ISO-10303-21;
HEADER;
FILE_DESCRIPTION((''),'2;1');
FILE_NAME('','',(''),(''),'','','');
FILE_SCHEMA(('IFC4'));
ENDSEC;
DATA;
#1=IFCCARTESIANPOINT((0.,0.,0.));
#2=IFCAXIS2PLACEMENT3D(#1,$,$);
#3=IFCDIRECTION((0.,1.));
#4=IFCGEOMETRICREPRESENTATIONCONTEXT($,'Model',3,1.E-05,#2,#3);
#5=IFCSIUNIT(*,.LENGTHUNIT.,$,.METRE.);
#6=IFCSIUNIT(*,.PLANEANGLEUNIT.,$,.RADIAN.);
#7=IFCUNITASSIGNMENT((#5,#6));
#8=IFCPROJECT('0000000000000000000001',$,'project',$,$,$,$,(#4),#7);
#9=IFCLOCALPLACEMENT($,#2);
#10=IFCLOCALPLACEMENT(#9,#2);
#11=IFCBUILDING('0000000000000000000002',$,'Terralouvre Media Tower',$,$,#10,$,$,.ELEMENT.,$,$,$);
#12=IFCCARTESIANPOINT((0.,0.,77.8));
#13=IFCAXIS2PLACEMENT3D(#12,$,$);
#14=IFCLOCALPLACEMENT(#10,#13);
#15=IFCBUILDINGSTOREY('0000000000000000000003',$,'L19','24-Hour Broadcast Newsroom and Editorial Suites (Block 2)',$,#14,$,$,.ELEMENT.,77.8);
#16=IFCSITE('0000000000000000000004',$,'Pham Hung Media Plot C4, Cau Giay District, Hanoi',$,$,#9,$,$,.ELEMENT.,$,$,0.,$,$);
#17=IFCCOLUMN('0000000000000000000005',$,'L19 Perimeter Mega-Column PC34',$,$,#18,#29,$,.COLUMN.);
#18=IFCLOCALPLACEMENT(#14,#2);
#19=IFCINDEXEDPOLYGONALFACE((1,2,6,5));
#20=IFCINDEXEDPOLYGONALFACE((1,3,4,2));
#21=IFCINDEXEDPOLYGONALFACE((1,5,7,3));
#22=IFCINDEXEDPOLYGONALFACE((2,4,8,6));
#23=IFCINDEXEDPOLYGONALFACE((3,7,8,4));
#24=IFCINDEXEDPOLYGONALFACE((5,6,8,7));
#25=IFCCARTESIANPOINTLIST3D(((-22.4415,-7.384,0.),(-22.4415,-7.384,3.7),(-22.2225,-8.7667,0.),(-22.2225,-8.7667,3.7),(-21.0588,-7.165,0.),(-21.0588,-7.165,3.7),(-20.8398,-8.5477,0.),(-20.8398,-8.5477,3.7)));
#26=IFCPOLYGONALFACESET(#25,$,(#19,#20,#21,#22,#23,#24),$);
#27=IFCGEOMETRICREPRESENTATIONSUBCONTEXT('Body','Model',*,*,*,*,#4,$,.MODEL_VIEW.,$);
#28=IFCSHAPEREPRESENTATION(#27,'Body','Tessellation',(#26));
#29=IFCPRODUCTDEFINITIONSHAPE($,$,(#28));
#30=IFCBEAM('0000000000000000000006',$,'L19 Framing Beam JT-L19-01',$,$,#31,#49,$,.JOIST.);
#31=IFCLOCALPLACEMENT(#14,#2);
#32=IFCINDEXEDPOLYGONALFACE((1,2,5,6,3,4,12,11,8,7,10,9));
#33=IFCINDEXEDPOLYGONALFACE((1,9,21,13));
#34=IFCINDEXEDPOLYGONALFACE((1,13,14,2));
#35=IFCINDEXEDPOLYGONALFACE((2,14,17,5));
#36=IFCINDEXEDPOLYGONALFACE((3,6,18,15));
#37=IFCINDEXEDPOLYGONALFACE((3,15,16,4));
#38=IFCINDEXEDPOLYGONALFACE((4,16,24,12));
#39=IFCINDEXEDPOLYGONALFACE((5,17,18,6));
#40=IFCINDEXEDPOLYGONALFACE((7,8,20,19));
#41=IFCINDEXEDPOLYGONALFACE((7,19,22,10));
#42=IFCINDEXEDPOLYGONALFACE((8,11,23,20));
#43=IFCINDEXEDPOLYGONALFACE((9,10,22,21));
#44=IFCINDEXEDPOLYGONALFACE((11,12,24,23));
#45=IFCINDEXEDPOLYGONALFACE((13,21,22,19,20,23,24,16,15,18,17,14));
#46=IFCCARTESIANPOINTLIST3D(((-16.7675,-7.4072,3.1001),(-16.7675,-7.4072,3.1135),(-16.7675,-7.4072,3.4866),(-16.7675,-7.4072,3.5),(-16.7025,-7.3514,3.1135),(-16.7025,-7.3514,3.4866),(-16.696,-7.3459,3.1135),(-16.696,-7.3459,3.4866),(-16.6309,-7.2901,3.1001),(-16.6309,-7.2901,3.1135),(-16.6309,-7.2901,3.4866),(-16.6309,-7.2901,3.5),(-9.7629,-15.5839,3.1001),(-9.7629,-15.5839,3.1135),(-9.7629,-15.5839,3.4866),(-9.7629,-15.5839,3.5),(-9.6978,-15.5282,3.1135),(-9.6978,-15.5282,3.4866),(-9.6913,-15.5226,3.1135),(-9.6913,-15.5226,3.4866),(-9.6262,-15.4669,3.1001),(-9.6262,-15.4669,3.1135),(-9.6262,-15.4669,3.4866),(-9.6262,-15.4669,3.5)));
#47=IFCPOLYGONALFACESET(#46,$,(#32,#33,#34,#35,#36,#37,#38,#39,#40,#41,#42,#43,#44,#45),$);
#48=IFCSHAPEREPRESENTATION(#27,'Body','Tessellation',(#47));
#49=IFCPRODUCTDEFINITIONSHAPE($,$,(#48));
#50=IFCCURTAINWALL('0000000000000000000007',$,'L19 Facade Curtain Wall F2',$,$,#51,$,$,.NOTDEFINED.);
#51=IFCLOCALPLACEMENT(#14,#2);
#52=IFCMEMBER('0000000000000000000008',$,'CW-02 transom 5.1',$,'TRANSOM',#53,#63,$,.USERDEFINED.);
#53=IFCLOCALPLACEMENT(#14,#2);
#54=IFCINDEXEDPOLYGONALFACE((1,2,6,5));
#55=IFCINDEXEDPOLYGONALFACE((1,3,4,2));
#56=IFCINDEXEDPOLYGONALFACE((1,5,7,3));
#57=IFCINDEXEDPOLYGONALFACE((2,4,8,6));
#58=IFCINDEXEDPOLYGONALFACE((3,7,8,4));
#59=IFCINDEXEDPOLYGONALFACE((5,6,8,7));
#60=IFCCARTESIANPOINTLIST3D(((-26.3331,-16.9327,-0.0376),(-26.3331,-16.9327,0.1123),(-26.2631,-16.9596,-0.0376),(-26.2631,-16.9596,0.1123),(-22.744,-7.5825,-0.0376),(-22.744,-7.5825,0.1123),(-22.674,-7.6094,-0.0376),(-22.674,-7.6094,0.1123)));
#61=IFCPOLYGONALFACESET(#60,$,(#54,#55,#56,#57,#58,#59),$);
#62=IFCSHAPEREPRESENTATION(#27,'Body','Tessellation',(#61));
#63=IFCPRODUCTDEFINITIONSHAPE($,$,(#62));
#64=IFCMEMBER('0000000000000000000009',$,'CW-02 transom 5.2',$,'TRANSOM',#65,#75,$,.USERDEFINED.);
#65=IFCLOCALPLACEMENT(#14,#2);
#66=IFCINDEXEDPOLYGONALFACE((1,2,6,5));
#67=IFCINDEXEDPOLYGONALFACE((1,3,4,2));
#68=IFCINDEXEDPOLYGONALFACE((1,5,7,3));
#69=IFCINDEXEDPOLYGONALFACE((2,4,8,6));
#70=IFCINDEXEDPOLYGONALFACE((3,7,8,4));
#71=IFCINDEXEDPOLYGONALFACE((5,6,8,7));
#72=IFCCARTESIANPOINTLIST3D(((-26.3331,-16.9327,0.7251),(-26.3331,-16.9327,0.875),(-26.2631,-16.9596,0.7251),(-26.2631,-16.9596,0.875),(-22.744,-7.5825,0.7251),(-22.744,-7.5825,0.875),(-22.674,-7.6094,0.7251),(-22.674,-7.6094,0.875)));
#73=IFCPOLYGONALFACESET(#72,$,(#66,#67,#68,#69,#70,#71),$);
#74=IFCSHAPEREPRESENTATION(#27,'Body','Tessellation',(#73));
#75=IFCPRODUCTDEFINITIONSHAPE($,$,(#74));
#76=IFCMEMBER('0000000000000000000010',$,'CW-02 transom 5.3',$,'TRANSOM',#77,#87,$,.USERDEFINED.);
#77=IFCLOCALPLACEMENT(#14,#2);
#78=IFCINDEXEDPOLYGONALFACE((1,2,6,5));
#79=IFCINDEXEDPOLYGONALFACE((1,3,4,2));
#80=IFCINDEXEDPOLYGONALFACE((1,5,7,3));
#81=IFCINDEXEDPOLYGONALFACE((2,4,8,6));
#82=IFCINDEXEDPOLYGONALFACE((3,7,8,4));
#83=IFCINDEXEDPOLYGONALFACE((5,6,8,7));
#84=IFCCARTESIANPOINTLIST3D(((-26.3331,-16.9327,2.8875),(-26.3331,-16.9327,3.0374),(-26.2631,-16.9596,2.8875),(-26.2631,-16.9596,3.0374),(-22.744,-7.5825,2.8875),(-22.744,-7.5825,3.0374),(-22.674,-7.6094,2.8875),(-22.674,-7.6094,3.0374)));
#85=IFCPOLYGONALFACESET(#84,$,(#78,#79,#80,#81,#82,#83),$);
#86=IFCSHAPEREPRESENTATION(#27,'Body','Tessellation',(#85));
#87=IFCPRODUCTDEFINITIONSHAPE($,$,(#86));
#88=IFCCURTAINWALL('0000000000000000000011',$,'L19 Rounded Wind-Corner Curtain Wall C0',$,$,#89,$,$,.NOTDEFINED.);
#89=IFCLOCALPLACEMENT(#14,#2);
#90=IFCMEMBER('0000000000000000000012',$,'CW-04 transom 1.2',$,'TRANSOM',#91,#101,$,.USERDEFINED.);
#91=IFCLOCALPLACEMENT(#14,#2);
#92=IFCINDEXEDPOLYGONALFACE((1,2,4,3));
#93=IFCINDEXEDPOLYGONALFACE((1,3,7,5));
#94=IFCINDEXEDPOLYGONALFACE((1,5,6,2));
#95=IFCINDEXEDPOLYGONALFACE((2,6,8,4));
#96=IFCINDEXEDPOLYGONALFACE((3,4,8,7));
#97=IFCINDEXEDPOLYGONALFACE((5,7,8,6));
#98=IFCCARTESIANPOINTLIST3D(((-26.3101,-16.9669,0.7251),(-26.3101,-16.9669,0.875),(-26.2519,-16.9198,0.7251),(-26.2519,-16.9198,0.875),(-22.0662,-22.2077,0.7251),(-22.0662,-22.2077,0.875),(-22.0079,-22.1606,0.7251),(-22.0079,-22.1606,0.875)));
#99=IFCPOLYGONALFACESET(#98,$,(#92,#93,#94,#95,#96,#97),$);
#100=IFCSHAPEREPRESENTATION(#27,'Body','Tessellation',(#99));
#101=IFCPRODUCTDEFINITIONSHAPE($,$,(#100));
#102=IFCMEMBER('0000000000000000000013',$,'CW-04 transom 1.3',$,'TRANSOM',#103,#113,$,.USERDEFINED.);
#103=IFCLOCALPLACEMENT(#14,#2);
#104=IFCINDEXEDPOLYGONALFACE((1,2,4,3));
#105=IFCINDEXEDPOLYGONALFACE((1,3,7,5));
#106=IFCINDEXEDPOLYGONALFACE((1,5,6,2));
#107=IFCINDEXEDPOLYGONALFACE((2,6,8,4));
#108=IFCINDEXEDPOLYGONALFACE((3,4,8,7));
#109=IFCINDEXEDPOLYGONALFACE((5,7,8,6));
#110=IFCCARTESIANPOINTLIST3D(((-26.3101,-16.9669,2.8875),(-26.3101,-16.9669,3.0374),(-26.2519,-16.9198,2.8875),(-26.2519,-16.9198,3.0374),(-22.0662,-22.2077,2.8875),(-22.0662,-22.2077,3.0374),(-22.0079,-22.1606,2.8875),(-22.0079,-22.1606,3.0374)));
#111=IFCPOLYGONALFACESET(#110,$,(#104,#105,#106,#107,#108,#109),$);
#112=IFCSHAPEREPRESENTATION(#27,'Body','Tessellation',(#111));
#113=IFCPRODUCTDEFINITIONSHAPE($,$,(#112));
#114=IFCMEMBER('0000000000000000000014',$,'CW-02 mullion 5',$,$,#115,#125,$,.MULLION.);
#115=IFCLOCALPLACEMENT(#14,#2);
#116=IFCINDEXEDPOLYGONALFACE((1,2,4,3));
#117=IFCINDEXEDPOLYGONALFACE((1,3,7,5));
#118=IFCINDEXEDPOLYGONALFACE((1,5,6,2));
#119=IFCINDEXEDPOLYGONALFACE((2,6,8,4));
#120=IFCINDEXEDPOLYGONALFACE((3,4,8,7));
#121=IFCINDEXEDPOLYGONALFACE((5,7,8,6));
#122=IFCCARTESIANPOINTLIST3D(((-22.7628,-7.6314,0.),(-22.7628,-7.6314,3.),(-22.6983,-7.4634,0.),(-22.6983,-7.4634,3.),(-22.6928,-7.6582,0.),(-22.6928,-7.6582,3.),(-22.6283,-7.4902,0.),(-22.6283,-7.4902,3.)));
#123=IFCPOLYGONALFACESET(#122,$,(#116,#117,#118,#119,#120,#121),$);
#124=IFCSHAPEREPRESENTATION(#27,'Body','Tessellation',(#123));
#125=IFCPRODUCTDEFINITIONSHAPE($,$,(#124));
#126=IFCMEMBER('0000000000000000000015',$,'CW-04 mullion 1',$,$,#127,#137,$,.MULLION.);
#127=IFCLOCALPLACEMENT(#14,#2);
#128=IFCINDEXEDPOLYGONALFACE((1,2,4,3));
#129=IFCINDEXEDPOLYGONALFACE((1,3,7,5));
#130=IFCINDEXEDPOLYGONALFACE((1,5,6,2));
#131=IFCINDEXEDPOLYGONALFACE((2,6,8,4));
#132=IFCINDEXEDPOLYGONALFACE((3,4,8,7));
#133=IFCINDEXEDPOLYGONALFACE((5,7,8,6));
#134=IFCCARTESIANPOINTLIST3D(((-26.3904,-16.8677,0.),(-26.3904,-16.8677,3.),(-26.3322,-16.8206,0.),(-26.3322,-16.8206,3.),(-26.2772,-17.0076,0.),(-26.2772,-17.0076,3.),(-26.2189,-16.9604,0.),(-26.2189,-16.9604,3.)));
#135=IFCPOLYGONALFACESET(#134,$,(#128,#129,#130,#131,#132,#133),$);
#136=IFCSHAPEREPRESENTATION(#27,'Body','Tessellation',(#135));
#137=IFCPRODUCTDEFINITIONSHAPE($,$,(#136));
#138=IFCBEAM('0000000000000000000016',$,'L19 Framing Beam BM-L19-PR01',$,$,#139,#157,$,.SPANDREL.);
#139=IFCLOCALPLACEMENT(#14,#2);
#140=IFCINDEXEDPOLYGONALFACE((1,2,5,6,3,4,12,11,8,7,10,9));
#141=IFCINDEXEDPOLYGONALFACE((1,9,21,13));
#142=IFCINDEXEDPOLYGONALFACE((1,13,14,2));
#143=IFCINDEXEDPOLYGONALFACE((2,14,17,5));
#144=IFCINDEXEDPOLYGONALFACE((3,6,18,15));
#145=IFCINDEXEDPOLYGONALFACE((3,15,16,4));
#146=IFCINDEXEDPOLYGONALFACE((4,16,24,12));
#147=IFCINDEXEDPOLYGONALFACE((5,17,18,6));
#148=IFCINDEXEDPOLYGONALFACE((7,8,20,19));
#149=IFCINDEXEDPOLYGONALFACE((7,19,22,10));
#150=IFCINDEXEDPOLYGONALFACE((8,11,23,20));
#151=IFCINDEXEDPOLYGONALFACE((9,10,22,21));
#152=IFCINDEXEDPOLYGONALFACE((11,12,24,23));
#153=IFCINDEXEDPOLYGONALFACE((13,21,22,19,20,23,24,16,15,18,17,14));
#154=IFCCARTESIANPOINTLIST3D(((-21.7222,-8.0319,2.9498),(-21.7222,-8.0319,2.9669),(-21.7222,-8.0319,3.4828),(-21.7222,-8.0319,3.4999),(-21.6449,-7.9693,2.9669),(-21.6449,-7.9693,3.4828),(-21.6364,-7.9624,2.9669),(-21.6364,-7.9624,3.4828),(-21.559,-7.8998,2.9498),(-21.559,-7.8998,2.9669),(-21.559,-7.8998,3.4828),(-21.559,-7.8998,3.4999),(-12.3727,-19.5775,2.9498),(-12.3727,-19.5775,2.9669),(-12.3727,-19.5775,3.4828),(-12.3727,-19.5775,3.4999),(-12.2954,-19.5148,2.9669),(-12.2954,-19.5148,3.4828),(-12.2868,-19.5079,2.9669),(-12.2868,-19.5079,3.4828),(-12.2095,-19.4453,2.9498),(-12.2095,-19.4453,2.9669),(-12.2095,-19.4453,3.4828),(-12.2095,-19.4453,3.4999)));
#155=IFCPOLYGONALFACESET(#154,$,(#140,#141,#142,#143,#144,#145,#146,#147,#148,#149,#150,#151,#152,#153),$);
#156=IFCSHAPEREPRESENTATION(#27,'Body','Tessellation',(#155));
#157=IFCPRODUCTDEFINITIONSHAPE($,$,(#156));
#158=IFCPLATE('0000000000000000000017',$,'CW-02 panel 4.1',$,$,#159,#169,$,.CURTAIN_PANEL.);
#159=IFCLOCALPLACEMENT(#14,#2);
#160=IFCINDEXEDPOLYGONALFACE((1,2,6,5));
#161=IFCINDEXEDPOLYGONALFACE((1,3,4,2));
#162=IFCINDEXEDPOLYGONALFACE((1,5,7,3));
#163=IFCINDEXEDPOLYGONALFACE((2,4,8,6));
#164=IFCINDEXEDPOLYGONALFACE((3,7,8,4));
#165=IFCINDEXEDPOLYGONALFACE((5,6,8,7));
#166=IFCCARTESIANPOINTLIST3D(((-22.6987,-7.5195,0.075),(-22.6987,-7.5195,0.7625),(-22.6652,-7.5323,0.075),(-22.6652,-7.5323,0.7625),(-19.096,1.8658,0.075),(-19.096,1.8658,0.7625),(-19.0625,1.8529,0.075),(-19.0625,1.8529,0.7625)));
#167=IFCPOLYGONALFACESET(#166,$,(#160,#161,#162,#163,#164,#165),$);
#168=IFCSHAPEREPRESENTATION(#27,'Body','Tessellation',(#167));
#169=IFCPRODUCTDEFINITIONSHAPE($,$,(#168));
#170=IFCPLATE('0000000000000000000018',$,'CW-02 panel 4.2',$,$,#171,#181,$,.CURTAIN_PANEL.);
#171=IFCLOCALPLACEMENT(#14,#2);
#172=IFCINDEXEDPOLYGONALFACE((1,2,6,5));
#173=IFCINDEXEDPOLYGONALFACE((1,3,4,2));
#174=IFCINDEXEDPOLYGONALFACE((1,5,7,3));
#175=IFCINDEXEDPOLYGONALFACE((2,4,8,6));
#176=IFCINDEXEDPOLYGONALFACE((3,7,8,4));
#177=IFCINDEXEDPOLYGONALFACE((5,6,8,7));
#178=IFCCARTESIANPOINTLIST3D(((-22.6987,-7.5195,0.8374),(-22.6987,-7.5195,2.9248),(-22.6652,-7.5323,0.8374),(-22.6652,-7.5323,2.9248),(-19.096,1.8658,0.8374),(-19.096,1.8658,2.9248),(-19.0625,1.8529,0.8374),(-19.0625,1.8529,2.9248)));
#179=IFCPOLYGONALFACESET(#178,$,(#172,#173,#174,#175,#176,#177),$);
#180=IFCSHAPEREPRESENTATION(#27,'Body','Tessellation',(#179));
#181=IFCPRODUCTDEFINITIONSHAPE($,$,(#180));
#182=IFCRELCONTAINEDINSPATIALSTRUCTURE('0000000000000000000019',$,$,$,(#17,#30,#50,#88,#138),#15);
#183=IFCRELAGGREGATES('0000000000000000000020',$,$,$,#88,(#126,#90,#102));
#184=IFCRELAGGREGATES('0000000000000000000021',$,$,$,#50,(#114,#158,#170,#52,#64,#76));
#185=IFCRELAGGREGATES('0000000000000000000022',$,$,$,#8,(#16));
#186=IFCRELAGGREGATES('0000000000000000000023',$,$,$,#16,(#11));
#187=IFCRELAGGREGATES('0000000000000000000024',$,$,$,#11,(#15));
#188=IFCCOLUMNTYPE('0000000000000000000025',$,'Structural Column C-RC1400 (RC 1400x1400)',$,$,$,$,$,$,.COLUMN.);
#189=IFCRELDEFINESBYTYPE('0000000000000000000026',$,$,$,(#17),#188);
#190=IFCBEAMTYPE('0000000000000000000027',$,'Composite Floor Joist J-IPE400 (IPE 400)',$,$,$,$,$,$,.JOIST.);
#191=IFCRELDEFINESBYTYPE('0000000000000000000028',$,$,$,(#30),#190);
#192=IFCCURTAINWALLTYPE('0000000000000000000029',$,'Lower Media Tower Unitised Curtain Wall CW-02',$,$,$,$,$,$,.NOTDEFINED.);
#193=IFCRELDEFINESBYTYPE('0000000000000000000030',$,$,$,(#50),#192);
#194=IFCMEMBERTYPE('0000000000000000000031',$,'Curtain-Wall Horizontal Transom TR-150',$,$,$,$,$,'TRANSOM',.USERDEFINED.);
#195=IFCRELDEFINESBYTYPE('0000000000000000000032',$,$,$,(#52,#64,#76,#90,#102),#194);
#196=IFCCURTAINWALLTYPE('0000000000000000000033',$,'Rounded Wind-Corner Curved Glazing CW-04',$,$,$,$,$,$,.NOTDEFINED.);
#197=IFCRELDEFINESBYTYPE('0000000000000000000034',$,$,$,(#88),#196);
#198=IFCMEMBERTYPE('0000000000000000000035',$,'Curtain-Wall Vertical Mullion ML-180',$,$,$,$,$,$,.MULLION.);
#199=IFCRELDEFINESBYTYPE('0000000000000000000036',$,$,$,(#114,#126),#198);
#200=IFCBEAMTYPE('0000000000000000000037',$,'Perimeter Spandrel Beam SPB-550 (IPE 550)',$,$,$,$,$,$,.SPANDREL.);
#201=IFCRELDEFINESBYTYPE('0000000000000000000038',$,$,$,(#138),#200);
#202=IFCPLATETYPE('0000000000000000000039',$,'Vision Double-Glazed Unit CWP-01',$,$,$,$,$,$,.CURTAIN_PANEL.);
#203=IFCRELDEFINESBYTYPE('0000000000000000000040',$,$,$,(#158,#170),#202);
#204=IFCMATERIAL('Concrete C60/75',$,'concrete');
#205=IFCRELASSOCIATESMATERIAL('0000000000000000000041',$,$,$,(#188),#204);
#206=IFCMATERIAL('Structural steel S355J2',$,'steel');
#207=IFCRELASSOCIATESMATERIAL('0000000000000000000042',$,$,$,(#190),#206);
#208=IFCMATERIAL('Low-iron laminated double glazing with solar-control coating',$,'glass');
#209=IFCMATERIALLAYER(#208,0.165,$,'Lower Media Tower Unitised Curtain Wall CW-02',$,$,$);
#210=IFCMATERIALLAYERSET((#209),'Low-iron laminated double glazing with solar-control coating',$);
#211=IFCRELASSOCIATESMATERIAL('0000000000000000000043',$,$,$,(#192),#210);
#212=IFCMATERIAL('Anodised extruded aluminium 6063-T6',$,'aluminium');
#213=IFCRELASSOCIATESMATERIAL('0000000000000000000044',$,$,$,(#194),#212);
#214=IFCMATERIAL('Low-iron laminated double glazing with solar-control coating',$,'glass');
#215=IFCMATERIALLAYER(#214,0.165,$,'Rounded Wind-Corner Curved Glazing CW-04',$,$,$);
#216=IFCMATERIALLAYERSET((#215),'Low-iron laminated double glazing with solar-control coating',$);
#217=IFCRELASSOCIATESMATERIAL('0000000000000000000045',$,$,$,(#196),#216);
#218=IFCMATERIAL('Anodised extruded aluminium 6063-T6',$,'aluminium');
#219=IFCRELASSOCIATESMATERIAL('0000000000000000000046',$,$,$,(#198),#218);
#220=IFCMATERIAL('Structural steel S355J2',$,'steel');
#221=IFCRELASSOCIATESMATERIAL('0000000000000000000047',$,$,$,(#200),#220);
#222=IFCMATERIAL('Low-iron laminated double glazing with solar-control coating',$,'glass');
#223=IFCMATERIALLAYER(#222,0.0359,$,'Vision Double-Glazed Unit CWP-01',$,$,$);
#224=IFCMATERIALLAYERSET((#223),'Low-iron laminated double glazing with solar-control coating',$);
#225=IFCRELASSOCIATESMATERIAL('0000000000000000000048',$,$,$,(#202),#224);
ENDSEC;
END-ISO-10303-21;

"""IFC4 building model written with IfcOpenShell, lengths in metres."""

from ifc_helpers import new_model, si_unit, direction, frame, origin, origin_2d, place, context, subcontext, project, spatial, rectangle, i_section, extrude, material, layer, layer_set, material_profile, profile_set, type_object, element, aggregate, save


model = new_model("IFC4")

# Units and contexts
model_context = context("Model", 3, precision=1e-05, world=origin(), true_north=direction((0.0, 1.0)))
body_context = subcontext(model_context, "Body", "Model", "MODEL_VIEW")
ifc_project = project(units=[si_unit("LENGTHUNIT", "METRE"), si_unit("PLANEANGLEUNIT", "RADIAN")], contexts=[model_context])

# Site, building, storey
site_placement = place(None, origin())
site = spatial("IfcSite", under=ifc_project, at=site_placement, Name="Pham Hung Media Plot C4, Cau Giay District, Hanoi", CompositionType="ELEMENT", RefElevation=0.0)
building_placement = place(site_placement, origin())
building = spatial("IfcBuilding", under=site, at=building_placement, Name="Terralouvre Media Tower", CompositionType="ELEMENT")
storey_placement = place(building_placement, frame((0.0, 0.0, 77.8)))
storey = spatial("IfcBuildingStorey", under=building, at=storey_placement, Name="L19", Description="24-Hour Broadcast Newsroom and Editorial Suites (Block 2)", CompositionType="ELEMENT", Elevation=77.8)

# Column
ifc_material_1 = material(Name="Concrete C60/75", Category="concrete")
ifc_material_profile_1 = material_profile(ifc_material_1, rectangle(XDim=1.3999, YDim=1.3999, at=origin_2d()), Name="RC 1400x1400")
ifc_profile_set_1 = profile_set([ifc_material_profile_1], Name="Concrete C60/75")
column_type = type_object("IfcColumnType", Name="Structural Column C-RC1400 (RC 1400x1400)", PredefinedType="COLUMN", material=ifc_profile_set_1)
column_placement = place(storey_placement, frame((-21.6406, -7.9658, 0.0), z_axis=(0.0, 0.0, 1.0), x_axis=(0.987688, 0.156434, 0.0)))
element("IfcColumn", 1, at=column_placement, inside=storey, type_object=column_type, Name="L19 Perimeter Mega-Column PC34", PredefinedType="COLUMN", context=body_context, shape_type="SweptSolid", body=[
    extrude(rectangle(XDim=1.3999, YDim=1.3999, at=origin_2d()), origin(), (0.0, 0.0, 1.0), 3.7),
])

# Beam
ifc_material_2 = material(Name="Structural steel S355J2", Category="steel")
ifc_material_profile_2 = material_profile(ifc_material_2, i_section(OverallWidth=0.1799, OverallDepth=0.3999, WebThickness=0.0085, FlangeThickness=0.0134, at=origin_2d()), Name="IPE 400")
ifc_profile_set_2 = profile_set([ifc_material_profile_2], Name="Structural steel S355J2")
beam_type_1 = type_object("IfcBeamType", Name="Composite Floor Joist J-IPE400 (IPE 400)", PredefinedType="JOIST", material=ifc_profile_set_2)
beam_1_placement = place(storey_placement, frame((-16.6992, -7.3486, 3.3), z_axis=(0.650577, -0.759441, 0.0), x_axis=(0.759441, 0.650577, 0.0)))
element("IfcBeam", 2, at=beam_1_placement, inside=storey, type_object=beam_type_1, Name="L19 Framing Beam JT-L19-01", PredefinedType="JOIST", context=body_context, shape_type="SweptSolid", body=[
    extrude(i_section(OverallWidth=0.1799, OverallDepth=0.3999, WebThickness=0.0085, FlangeThickness=0.0134, at=origin_2d()), origin(), (0.0, 0.0, 1.0), 10.7668),
])

# Curtain walls, members
ifc_material_3 = material(Name="Low-iron laminated double glazing with solar-control coating", Category="glass")
ifc_layer_1 = layer(ifc_material_3, 0.165, Name="Lower Media Tower Unitised Curtain Wall CW-02")
ifc_layer_set_1 = layer_set([ifc_layer_1], Name="Low-iron laminated double glazing with solar-control coating")
curtain_wall_type_1 = type_object("IfcCurtainWallType", Name="Lower Media Tower Unitised Curtain Wall CW-02", PredefinedType="NOTDEFINED", material=ifc_layer_set_1)
curtain_wall_1_placement = place(storey_placement, origin())
curtain_wall_1 = element("IfcCurtainWall", 3, at=curtain_wall_1_placement, inside=storey, type_object=curtain_wall_type_1, Name="L19 Facade Curtain Wall F2", PredefinedType="NOTDEFINED")
ifc_material_4 = material(Name="Anodised extruded aluminium 6063-T6", Category="aluminium")
ifc_material_profile_3 = material_profile(ifc_material_4, rectangle(XDim=0.075, YDim=0.1499, at=origin_2d()), Name="ALU 75x150")
ifc_profile_set_3 = profile_set([ifc_material_profile_3], Name="Anodised extruded aluminium 6063-T6")
member_type_1 = type_object("IfcMemberType", Name="Curtain-Wall Horizontal Transom TR-150", ElementType="TRANSOM", PredefinedType="USERDEFINED", material=ifc_profile_set_3)
member_1_placement = place(storey_placement, frame((-22.709, -7.5959, 0.0374), z_axis=(-0.358363, -0.933582, 0.0), x_axis=(0.933582, -0.358363, 0.0)))
member_1 = element("IfcMember", 4, at=member_1_placement, type_object=member_type_1, Name="CW-02 transom 5.1", ObjectType="TRANSOM", PredefinedType="USERDEFINED", context=body_context, shape_type="SweptSolid", body=[
    extrude(rectangle(XDim=0.075, YDim=0.1499, at=origin_2d()), origin(), (0.0, 0.0, 1.0), 10.0154),
])
member_2_placement = place(storey_placement, frame((-22.709, -7.5959, 0.8), z_axis=(-0.358363, -0.933582, 0.0), x_axis=(0.933582, -0.358363, 0.0)))
member_2 = element("IfcMember", 5, at=member_2_placement, type_object=member_type_1, Name="CW-02 transom 5.2", ObjectType="TRANSOM", PredefinedType="USERDEFINED", context=body_context, shape_type="SweptSolid", body=[
    extrude(rectangle(XDim=0.075, YDim=0.1499, at=origin_2d()), origin(), (0.0, 0.0, 1.0), 10.0154),
])
member_3_placement = place(storey_placement, frame((-22.709, -7.5959, 2.9624), z_axis=(-0.358363, -0.933582, 0.0), x_axis=(0.933582, -0.358363, 0.0)))
member_3 = element("IfcMember", 6, at=member_3_placement, type_object=member_type_1, Name="CW-02 transom 5.3", ObjectType="TRANSOM", PredefinedType="USERDEFINED", context=body_context, shape_type="SweptSolid", body=[
    extrude(rectangle(XDim=0.075, YDim=0.1499, at=origin_2d()), origin(), (0.0, 0.0, 1.0), 10.0154),
])
ifc_material_5 = material(Name="Low-iron laminated double glazing with solar-control coating", Category="glass")
ifc_layer_2 = layer(ifc_material_5, 0.165, Name="Rounded Wind-Corner Curved Glazing CW-04")
ifc_layer_set_2 = layer_set([ifc_layer_2], Name="Low-iron laminated double glazing with solar-control coating")
curtain_wall_type_2 = type_object("IfcCurtainWallType", Name="Rounded Wind-Corner Curved Glazing CW-04", PredefinedType="NOTDEFINED", material=ifc_layer_set_2)
curtain_wall_2_placement = place(storey_placement, origin())
curtain_wall_2 = element("IfcCurtainWall", 7, at=curtain_wall_2_placement, inside=storey, type_object=curtain_wall_type_2, Name="L19 Rounded Wind-Corner Curtain Wall C0", PredefinedType="NOTDEFINED")
member_4_placement = place(storey_placement, frame((-26.281, -16.9434, 0.8), z_axis=(0.629324, -0.777143, 0.0), x_axis=(0.777143, 0.629324, 0.0)))
member_4 = element("IfcMember", 8, at=member_4_placement, type_object=member_type_1, Name="CW-04 transom 1.2", ObjectType="TRANSOM", PredefinedType="USERDEFINED", context=body_context, shape_type="SweptSolid", body=[
    extrude(rectangle(XDim=0.075, YDim=0.1499, at=origin_2d()), origin(), (0.0, 0.0, 1.0), 6.7437),
])
member_5_placement = place(storey_placement, frame((-26.281, -16.9434, 2.9624), z_axis=(0.629324, -0.777143, 0.0), x_axis=(0.777143, 0.629324, 0.0)))
member_5 = element("IfcMember", 9, at=member_5_placement, type_object=member_type_1, Name="CW-04 transom 1.3", ObjectType="TRANSOM", PredefinedType="USERDEFINED", context=body_context, shape_type="SweptSolid", body=[
    extrude(rectangle(XDim=0.075, YDim=0.1499, at=origin_2d()), origin(), (0.0, 0.0, 1.0), 6.7437),
])

# Members
ifc_material_6 = material(Name="Anodised extruded aluminium 6063-T6", Category="aluminium")
ifc_material_profile_4 = material_profile(ifc_material_6, rectangle(XDim=0.075, YDim=0.1799, at=origin_2d()), Name="ALU 75x180")
ifc_profile_set_4 = profile_set([ifc_material_profile_4], Name="Anodised extruded aluminium 6063-T6")
member_type_2 = type_object("IfcMemberType", Name="Curtain-Wall Vertical Mullion ML-180", PredefinedType="MULLION", material=ifc_profile_set_4)
member_6_placement = place(storey_placement, frame((-22.6956, -7.5608, 0.0), z_axis=(0.0, 0.0, 1.0), x_axis=(0.93358, -0.358368, 0.0)))
member_6 = element("IfcMember", 10, at=member_6_placement, type_object=member_type_2, Name="CW-02 mullion 5", PredefinedType="MULLION", context=body_context, shape_type="SweptSolid", body=[
    extrude(rectangle(XDim=0.075, YDim=0.1799, at=origin_2d()), origin(), (0.0, 0.0, 1.0), 3.0),
])
member_7_placement = place(storey_placement, frame((-26.3047, -16.9141, 0.0), z_axis=(0.0, 0.0, 1.0), x_axis=(0.777146, 0.62932, 0.0)))
member_7 = element("IfcMember", 11, at=member_7_placement, type_object=member_type_2, Name="CW-04 mullion 1", PredefinedType="MULLION", context=body_context, shape_type="SweptSolid", body=[
    extrude(rectangle(XDim=0.075, YDim=0.1799, at=origin_2d()), origin(), (0.0, 0.0, 1.0), 3.0),
])
aggregate(curtain_wall_2, [member_7, member_4, member_5])

# Beam
ifc_material_7 = material(Name="Structural steel S355J2", Category="steel")
ifc_material_profile_5 = material_profile(ifc_material_7, i_section(OverallWidth=0.21, OverallDepth=0.55, WebThickness=0.011, FlangeThickness=0.0171, at=origin_2d()), Name="IPE 550")
ifc_profile_set_5 = profile_set([ifc_material_profile_5], Name="Structural steel S355J2")
beam_type_2 = type_object("IfcBeamType", Name="Perimeter Spandrel Beam SPB-550 (IPE 550)", PredefinedType="SPANDREL", material=ifc_profile_set_5)
beam_2_placement = place(storey_placement, frame((-21.6406, -7.9658, 3.2249), z_axis=(0.629325, -0.777142, 0.0), x_axis=(0.777142, 0.629325, 0.0)))
element("IfcBeam", 12, at=beam_2_placement, inside=storey, type_object=beam_type_2, Name="L19 Framing Beam BM-L19-PR01", PredefinedType="SPANDREL", context=body_context, shape_type="SweptSolid", body=[
    extrude(i_section(OverallWidth=0.21, OverallDepth=0.55, WebThickness=0.011, FlangeThickness=0.0171, at=origin_2d()), origin(), (0.0, 0.0, 1.0), 14.8564),
])

# Plates
ifc_material_8 = material(Name="Low-iron laminated double glazing with solar-control coating", Category="glass")
ifc_layer_3 = layer(ifc_material_8, 0.0359, Name="Vision Double-Glazed Unit CWP-01")
ifc_layer_set_3 = layer_set([ifc_layer_3], Name="Low-iron laminated double glazing with solar-control coating")
plate_type = type_object("IfcPlateType", Name="Vision Double-Glazed Unit CWP-01", PredefinedType="CURTAIN_PANEL", material=ifc_layer_set_3)
plate_1_placement = place(storey_placement, frame((-20.8806, -2.8333, 0.075), z_axis=(0.0, 0.0, 1.0), x_axis=(-0.358368, -0.93358, 0.0)))
plate_1 = element("IfcPlate", 13, at=plate_1_placement, type_object=plate_type, Name="CW-02 panel 4.1", PredefinedType="CURTAIN_PANEL", context=body_context, shape_type="SweptSolid", body=[
    extrude(rectangle(XDim=10.053, YDim=0.0359, at=origin_2d()), origin(), (0.0, 0.0, 1.0), 0.6875),
])
plate_2_placement = place(storey_placement, frame((-20.8806, -2.8333, 0.8374), z_axis=(0.0, 0.0, 1.0), x_axis=(-0.358368, -0.93358, 0.0)))
plate_2 = element("IfcPlate", 14, at=plate_2_placement, type_object=plate_type, Name="CW-02 panel 4.2", PredefinedType="CURTAIN_PANEL", context=body_context, shape_type="SweptSolid", body=[
    extrude(rectangle(XDim=10.053, YDim=0.0359, at=origin_2d()), origin(), (0.0, 0.0, 1.0), 2.0874),
])
aggregate(curtain_wall_1, [member_6, plate_1, plate_2, member_1, member_2, member_3])

save(model, "model.ifc")
